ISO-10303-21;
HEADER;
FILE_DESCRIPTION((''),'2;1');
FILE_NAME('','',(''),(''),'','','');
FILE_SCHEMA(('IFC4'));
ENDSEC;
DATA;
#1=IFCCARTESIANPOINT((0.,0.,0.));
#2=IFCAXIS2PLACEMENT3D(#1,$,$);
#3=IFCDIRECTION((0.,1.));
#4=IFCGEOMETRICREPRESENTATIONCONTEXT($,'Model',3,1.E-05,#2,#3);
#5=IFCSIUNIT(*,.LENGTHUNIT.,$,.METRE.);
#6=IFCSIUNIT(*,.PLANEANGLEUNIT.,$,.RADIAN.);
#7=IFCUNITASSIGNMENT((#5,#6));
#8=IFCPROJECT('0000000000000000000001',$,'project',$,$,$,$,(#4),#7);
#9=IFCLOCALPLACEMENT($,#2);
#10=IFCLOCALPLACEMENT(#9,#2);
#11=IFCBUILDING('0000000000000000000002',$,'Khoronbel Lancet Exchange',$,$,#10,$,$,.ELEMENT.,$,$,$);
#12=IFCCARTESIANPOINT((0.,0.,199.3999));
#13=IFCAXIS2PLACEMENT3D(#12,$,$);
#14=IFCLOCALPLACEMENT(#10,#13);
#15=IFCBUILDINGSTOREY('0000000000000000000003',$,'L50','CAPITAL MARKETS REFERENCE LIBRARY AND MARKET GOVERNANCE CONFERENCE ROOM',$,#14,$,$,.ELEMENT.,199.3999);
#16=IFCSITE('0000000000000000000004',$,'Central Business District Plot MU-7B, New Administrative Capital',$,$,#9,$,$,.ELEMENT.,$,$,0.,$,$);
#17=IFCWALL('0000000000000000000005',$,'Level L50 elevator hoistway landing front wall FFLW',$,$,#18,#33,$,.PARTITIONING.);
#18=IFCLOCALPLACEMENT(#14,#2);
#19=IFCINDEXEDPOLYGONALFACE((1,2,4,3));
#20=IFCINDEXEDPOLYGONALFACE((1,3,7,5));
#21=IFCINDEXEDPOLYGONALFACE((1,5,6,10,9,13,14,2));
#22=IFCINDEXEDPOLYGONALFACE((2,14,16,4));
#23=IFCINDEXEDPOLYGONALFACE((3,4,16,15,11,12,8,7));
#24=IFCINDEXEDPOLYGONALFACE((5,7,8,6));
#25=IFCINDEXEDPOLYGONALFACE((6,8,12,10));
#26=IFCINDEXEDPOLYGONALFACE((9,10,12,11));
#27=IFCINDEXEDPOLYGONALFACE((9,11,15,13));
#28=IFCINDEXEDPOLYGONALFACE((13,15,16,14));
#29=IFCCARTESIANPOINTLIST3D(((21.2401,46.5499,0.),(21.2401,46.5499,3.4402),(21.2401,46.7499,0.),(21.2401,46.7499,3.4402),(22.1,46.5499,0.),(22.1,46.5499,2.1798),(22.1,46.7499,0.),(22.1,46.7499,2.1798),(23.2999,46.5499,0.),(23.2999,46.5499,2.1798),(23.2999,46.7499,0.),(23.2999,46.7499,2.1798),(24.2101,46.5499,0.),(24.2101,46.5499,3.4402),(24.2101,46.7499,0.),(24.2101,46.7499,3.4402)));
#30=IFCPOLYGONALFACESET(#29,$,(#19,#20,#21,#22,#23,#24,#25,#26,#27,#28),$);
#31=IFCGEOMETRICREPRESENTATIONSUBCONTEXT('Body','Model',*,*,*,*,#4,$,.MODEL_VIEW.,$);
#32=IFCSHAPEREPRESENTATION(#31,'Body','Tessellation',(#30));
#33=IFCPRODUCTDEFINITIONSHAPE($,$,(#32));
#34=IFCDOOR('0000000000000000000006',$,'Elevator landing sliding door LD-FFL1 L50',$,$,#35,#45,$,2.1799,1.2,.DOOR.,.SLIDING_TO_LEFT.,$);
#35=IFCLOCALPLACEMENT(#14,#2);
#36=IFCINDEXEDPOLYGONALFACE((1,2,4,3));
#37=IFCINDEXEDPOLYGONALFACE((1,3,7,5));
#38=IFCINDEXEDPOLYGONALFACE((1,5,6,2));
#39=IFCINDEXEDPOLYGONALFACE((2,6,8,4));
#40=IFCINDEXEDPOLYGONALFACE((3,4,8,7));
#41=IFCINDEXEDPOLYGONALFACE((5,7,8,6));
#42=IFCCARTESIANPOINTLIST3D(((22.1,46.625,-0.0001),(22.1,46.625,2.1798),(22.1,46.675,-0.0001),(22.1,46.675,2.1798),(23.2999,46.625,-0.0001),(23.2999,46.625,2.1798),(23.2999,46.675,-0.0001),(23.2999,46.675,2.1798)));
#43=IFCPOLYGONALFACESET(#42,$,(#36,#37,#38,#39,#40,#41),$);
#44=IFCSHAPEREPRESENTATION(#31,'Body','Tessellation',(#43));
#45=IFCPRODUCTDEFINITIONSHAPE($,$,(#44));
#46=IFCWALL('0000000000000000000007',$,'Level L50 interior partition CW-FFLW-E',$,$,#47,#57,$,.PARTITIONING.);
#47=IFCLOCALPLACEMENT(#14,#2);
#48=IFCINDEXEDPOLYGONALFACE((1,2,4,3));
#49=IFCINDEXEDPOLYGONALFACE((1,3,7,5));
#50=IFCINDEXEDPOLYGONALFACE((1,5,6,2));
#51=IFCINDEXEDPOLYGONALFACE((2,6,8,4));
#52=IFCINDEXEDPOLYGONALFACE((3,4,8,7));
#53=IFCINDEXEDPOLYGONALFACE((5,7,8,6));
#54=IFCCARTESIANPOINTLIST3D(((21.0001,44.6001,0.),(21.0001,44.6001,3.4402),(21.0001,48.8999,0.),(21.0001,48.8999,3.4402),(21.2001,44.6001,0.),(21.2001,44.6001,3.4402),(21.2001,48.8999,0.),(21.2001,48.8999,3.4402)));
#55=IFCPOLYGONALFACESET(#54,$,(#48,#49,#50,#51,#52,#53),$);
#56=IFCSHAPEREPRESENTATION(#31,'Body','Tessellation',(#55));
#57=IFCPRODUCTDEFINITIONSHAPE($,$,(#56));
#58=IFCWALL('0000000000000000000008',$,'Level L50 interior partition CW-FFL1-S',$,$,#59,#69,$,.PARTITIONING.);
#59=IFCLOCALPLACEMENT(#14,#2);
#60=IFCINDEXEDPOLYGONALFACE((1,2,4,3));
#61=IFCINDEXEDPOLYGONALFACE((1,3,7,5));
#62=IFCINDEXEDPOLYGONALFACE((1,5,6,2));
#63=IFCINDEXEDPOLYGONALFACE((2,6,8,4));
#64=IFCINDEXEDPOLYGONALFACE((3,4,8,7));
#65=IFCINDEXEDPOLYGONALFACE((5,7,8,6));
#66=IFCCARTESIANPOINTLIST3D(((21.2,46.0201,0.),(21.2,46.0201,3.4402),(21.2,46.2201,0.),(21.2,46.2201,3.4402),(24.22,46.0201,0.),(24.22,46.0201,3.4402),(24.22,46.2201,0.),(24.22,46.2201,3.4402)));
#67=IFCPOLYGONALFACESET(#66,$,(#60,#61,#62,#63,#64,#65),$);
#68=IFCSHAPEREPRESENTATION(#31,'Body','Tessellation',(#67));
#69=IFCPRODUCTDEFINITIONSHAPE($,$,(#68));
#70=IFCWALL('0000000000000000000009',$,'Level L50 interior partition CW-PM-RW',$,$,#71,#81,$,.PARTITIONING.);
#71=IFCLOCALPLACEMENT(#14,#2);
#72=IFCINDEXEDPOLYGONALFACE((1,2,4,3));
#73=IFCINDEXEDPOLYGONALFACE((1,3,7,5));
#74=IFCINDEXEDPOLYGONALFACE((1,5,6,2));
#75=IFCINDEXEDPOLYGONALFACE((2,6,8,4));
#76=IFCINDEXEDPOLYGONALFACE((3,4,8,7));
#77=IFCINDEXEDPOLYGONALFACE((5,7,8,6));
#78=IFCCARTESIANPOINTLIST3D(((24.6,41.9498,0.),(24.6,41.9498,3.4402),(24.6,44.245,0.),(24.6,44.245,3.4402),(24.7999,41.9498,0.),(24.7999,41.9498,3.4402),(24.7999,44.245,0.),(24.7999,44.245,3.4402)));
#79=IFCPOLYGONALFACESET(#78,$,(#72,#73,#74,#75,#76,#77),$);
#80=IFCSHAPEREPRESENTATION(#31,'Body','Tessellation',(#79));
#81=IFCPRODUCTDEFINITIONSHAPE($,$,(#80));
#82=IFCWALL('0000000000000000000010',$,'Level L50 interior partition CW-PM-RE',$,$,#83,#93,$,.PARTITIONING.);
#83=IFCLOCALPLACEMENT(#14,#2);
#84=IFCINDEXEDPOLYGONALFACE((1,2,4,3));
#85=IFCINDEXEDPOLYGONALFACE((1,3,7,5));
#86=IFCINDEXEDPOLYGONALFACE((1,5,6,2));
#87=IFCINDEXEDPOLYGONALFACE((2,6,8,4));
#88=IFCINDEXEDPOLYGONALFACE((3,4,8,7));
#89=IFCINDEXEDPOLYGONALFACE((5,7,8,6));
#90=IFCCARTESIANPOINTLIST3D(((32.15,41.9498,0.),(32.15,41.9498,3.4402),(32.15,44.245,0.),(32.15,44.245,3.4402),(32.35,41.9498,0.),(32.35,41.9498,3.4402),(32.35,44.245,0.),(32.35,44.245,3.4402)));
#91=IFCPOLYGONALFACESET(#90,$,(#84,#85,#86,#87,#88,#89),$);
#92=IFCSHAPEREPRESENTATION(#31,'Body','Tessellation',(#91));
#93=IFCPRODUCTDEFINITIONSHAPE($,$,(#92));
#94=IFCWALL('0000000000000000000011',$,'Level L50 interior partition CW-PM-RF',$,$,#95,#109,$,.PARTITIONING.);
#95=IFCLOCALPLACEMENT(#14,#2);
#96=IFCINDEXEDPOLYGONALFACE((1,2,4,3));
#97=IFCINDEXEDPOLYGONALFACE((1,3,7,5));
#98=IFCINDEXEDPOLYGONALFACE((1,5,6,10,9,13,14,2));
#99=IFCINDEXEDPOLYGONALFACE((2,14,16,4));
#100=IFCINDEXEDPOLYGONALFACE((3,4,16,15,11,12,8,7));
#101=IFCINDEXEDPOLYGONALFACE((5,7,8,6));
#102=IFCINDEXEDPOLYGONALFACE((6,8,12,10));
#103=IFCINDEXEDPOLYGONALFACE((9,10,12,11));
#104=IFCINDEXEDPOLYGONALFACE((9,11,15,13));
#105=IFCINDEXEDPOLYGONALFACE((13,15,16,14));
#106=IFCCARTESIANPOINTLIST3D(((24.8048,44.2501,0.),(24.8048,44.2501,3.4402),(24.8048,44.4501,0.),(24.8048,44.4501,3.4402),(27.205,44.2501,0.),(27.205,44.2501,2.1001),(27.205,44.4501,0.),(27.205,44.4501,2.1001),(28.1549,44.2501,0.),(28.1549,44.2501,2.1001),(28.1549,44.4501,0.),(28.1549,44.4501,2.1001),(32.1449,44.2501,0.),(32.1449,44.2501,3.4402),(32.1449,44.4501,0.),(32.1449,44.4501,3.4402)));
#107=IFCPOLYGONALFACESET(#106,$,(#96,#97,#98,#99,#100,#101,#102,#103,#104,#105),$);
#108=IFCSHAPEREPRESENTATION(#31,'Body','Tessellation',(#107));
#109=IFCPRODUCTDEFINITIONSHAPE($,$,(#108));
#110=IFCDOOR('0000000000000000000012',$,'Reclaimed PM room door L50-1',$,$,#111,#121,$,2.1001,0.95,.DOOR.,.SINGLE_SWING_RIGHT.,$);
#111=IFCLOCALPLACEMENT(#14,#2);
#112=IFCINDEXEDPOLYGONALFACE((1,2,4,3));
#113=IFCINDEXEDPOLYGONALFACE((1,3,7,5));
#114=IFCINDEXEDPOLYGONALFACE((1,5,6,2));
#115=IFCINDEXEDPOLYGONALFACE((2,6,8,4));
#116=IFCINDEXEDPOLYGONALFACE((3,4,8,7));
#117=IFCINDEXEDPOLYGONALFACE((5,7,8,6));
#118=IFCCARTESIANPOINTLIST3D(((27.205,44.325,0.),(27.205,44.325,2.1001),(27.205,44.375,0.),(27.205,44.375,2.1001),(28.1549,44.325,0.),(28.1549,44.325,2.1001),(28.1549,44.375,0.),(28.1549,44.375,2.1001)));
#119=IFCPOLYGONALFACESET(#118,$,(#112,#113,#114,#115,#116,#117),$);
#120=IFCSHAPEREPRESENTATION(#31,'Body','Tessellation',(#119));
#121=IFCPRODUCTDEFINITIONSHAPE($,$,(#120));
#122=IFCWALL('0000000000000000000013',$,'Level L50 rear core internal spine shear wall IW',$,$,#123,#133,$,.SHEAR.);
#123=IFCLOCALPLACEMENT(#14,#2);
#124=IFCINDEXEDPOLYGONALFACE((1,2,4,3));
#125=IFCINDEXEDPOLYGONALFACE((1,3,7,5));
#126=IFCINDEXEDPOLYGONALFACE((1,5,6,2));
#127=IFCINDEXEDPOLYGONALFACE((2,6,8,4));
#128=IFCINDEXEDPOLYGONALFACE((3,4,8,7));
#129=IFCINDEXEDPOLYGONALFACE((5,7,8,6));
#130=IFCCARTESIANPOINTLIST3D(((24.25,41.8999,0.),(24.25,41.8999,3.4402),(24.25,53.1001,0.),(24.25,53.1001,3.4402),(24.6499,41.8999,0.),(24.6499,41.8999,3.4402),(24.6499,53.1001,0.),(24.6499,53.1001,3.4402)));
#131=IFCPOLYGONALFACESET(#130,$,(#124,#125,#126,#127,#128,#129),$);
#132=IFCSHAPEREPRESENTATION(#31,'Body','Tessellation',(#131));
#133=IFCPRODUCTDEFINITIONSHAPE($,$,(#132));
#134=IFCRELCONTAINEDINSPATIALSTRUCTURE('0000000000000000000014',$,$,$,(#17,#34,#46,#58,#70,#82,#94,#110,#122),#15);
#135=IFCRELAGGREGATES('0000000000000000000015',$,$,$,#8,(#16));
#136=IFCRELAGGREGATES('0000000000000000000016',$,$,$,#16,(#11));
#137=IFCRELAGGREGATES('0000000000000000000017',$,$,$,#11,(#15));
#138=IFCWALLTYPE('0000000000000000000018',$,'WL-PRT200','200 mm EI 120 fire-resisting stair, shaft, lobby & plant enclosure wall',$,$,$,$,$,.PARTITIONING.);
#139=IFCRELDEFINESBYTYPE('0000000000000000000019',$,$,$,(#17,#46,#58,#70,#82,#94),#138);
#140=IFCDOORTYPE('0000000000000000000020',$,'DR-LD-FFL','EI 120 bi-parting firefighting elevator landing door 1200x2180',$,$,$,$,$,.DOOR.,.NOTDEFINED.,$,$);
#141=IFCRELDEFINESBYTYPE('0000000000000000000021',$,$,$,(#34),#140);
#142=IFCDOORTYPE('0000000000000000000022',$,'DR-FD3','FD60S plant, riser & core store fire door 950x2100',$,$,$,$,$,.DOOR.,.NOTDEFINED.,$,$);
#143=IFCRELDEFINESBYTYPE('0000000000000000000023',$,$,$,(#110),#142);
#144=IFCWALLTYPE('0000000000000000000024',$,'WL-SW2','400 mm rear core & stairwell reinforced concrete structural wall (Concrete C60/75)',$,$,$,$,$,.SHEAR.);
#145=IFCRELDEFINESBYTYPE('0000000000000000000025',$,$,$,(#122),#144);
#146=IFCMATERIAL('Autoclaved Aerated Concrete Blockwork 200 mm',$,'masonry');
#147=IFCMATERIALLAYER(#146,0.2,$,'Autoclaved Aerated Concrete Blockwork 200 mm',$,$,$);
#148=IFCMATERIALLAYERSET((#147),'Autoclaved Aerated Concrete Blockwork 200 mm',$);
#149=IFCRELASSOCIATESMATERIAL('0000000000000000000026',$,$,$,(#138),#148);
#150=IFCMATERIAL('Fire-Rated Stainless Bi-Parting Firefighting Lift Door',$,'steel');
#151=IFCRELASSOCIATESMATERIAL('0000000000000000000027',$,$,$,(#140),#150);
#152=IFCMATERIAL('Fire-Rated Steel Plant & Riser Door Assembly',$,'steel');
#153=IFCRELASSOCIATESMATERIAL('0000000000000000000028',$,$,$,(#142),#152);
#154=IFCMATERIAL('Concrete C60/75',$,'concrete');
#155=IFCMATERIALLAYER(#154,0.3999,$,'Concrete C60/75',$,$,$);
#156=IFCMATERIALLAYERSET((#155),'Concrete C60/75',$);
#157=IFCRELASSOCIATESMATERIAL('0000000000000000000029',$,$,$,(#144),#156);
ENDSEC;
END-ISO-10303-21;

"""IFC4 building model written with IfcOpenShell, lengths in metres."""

from ifc_helpers import new_model, si_unit, direction, frame, frame_2d, origin, place, context, subcontext, project, spatial, rectangle, extrude, material, layer, layer_set, type_object, element, fill, save


model = new_model("IFC4")

# Units and contexts
model_context = context("Model", 3, precision=1e-05, world=origin(), true_north=direction((0.0, 1.0)))
body_context = subcontext(model_context, "Body", "Model", "MODEL_VIEW")
ifc_project = project(units=[si_unit("LENGTHUNIT", "METRE"), si_unit("PLANEANGLEUNIT", "RADIAN")], contexts=[model_context])

# Site, building, storey
site_placement = place(None, origin())
site = spatial("IfcSite", under=ifc_project, at=site_placement, Name="Central Business District Plot MU-7B, New Administrative Capital", CompositionType="ELEMENT", RefElevation=0.0)
building_placement = place(site_placement, origin())
building = spatial("IfcBuilding", under=site, at=building_placement, Name="Khoronbel Lancet Exchange", CompositionType="ELEMENT")
storey_placement = place(building_placement, frame((0.0, 0.0, 199.3999)))
storey = spatial("IfcBuildingStorey", under=building, at=storey_placement, Name="L50", Description="CAPITAL MARKETS REFERENCE LIBRARY AND MARKET GOVERNANCE CONFERENCE ROOM", CompositionType="ELEMENT", Elevation=199.3999)

# Shared definitions
ifc_material_1 = material(Name="Concrete C60/75", Category="concrete")

# Wall, opening, door
ifc_material_2 = material(Name="Autoclaved Aerated Concrete Blockwork 200 mm", Category="masonry")
ifc_layer_1 = layer(ifc_material_2, 0.2, Name="Autoclaved Aerated Concrete Blockwork 200 mm")
ifc_layer_set_1 = layer_set([ifc_layer_1], Name="Autoclaved Aerated Concrete Blockwork 200 mm")
wall_type_1 = type_object("IfcWallType", Name="WL-PRT200", Description="200 mm EI 120 fire-resisting stair, shaft, lobby & plant enclosure wall", PredefinedType="PARTITIONING", material=ifc_layer_set_1)
wall_1_placement = place(storey_placement, frame((24.21, 46.6499, 0.0), z_axis=(0.0, 0.0, 1.0), x_axis=(-1.0, 0.0, 0.0)))
wall_1 = element("IfcWall", 1, at=wall_1_placement, inside=storey, type_object=wall_type_1, Name="Level L50 elevator hoistway landing front wall FFLW", PredefinedType="PARTITIONING", context=body_context, shape_type="SweptSolid", body=[
    extrude(rectangle(XDim=2.97, YDim=0.2, at=frame_2d((1.4849, 0.0))), origin(), (0.0, 0.0, 1.0), 3.4402),
])
opening_1_placement = place(wall_1_placement, frame((0.9099, 0.0, 0.0)))
opening_1 = element("IfcOpeningElement", 2, at=opening_1_placement, cuts=wall_1, PredefinedType="OPENING", context=body_context, shape_type="SweptSolid", body=[
    extrude(rectangle(XDim=1.2, YDim=2.1799, at=frame_2d((0.6001, 1.0898))), frame((0.0, 0.1099, 0.0), z_axis=(0.0, -1.0, 0.0), x_axis=(1.0, 0.0, 0.0)), (0.0, 0.0, 1.0), 0.22),
])
ifc_material_3 = material(Name="Fire-Rated Stainless Bi-Parting Firefighting Lift Door", Category="steel")
door_type_1 = type_object("IfcDoorType", Name="DR-LD-FFL", Description="EI 120 bi-parting firefighting elevator landing door 1200x2180", OperationType="NOTDEFINED", PredefinedType="DOOR", material=ifc_material_3)
door_1_placement = place(opening_1_placement, origin())
door_1 = element("IfcDoor", 3, at=door_1_placement, inside=storey, type_object=door_type_1, Name="Elevator landing sliding door LD-FFL1 L50", OperationType="SLIDING_TO_LEFT", OverallHeight=2.1799, OverallWidth=1.2, PredefinedType="DOOR", context=body_context, shape_type="SweptSolid", body=[
    extrude(rectangle(XDim=1.2, YDim=2.1799, at=frame_2d((0.6001, 1.0898))), frame((0.0, 0.0249, 0.0), z_axis=(0.0, -1.0, 0.0), x_axis=(1.0, 0.0, 0.0)), (0.0, 0.0, 1.0), 0.05),
])
fill(opening_1, door_1)

# Walls
wall_2_placement = place(storey_placement, frame((21.1001, 44.6001, 0.0), z_axis=(0.0, 0.0, 1.0), x_axis=(0.0, 1.0, 0.0)))
element("IfcWall", 4, at=wall_2_placement, inside=storey, type_object=wall_type_1, Name="Level L50 interior partition CW-FFLW-E", PredefinedType="PARTITIONING", context=body_context, shape_type="SweptSolid", body=[
    extrude(rectangle(XDim=4.2998, YDim=0.2, at=frame_2d((2.1499, 0.0))), origin(), (0.0, 0.0, 1.0), 3.4402),
])
wall_3_placement = place(storey_placement, frame((21.2, 46.1201, 0.0), z_axis=(0.0, 0.0, 1.0), x_axis=(1.0, 0.0, 0.0)))
element("IfcWall", 5, at=wall_3_placement, inside=storey, type_object=wall_type_1, Name="Level L50 interior partition CW-FFL1-S", PredefinedType="PARTITIONING", context=body_context, shape_type="SweptSolid", body=[
    extrude(rectangle(XDim=3.02, YDim=0.2, at=frame_2d((1.51, 0.0))), origin(), (0.0, 0.0, 1.0), 3.4402),
])

# Walls
for number, where, z_axis, x_axis, name in (
    (6, (24.7, 41.95, 0.0), (0.0, 0.0, 1.0), (0.0, 1.0, 0.0), "Level L50 interior partition CW-PM-RW"),
    (7, (32.25, 41.95, 0.0), (0.0, 0.0, 1.0), (0.0, 1.0, 0.0), "Level L50 interior partition CW-PM-RE"),
):
    element("IfcWall", number, at=place(storey_placement, frame(where, z_axis=z_axis, x_axis=x_axis)), inside=storey, type_object=wall_type_1, Name=name, PredefinedType="PARTITIONING", context=body_context, shape_type="SweptSolid", body=[
        extrude(rectangle(XDim=2.2952, YDim=0.2, at=frame_2d((1.1475, 0.0))), origin(), (0.0, 0.0, 1.0), 3.4402),
    ])

# Wall, opening, door
wall_4_placement = place(storey_placement, frame((24.8049, 44.3501, 0.0), z_axis=(0.0, 0.0, 1.0), x_axis=(1.0, 0.0, 0.0)))
wall_4 = element("IfcWall", 8, at=wall_4_placement, inside=storey, type_object=wall_type_1, Name="Level L50 interior partition CW-PM-RF", PredefinedType="PARTITIONING", context=body_context, shape_type="SweptSolid", body=[
    extrude(rectangle(XDim=7.3401, YDim=0.2, at=frame_2d((3.6699, 0.0))), origin(), (0.0, 0.0, 1.0), 3.4402),
])
opening_2_placement = place(wall_4_placement, frame((2.3999, 0.0, 0.0)))
opening_2 = element("IfcOpeningElement", 9, at=opening_2_placement, cuts=wall_4, PredefinedType="OPENING", context=body_context, shape_type="SweptSolid", body=[
    extrude(rectangle(XDim=0.95, YDim=2.1001, at=frame_2d((0.4751, 1.05))), frame((0.0, 0.1099, 0.0), z_axis=(0.0, -1.0, 0.0), x_axis=(1.0, 0.0, 0.0)), (0.0, 0.0, 1.0), 0.22),
])
ifc_material_4 = material(Name="Fire-Rated Steel Plant & Riser Door Assembly", Category="steel")
door_type_2 = type_object("IfcDoorType", Name="DR-FD3", Description="FD60S plant, riser & core store fire door 950x2100", OperationType="NOTDEFINED", PredefinedType="DOOR", material=ifc_material_4)
door_2_placement = place(opening_2_placement, origin())
door_2 = element("IfcDoor", 10, at=door_2_placement, inside=storey, type_object=door_type_2, Name="Reclaimed PM room door L50-1", OperationType="SINGLE_SWING_RIGHT", OverallHeight=2.1001, OverallWidth=0.95, PredefinedType="DOOR", context=body_context, shape_type="SweptSolid", body=[
    extrude(rectangle(XDim=0.95, YDim=2.1001, at=frame_2d((0.4751, 1.05))), frame((0.0, 0.0249, 0.0), z_axis=(0.0, -1.0, 0.0), x_axis=(1.0, 0.0, 0.0)), (0.0, 0.0, 1.0), 0.05),
])
fill(opening_2, door_2)

# Wall
ifc_layer_2 = layer(ifc_material_1, 0.3999, Name="Concrete C60/75")
ifc_layer_set_2 = layer_set([ifc_layer_2], Name="Concrete C60/75")
wall_type_2 = type_object("IfcWallType", Name="WL-SW2", Description="400 mm rear core & stairwell reinforced concrete structural wall (Concrete C60/75)", PredefinedType="SHEAR", material=ifc_layer_set_2)
wall_5_placement = place(storey_placement, frame((24.45, 41.8999, 0.0), z_axis=(0.0, 0.0, 1.0), x_axis=(0.0, 1.0, 0.0)))
element("IfcWall", 11, at=wall_5_placement, inside=storey, type_object=wall_type_2, Name="Level L50 rear core internal spine shear wall IW", PredefinedType="SHEAR", context=body_context, shape_type="SweptSolid", body=[
    extrude(rectangle(XDim=11.2002, YDim=0.3999, at=frame_2d((5.6001, 0.0))), origin(), (0.0, 0.0, 1.0), 3.4402),
])

save(model, "model.ifc")
